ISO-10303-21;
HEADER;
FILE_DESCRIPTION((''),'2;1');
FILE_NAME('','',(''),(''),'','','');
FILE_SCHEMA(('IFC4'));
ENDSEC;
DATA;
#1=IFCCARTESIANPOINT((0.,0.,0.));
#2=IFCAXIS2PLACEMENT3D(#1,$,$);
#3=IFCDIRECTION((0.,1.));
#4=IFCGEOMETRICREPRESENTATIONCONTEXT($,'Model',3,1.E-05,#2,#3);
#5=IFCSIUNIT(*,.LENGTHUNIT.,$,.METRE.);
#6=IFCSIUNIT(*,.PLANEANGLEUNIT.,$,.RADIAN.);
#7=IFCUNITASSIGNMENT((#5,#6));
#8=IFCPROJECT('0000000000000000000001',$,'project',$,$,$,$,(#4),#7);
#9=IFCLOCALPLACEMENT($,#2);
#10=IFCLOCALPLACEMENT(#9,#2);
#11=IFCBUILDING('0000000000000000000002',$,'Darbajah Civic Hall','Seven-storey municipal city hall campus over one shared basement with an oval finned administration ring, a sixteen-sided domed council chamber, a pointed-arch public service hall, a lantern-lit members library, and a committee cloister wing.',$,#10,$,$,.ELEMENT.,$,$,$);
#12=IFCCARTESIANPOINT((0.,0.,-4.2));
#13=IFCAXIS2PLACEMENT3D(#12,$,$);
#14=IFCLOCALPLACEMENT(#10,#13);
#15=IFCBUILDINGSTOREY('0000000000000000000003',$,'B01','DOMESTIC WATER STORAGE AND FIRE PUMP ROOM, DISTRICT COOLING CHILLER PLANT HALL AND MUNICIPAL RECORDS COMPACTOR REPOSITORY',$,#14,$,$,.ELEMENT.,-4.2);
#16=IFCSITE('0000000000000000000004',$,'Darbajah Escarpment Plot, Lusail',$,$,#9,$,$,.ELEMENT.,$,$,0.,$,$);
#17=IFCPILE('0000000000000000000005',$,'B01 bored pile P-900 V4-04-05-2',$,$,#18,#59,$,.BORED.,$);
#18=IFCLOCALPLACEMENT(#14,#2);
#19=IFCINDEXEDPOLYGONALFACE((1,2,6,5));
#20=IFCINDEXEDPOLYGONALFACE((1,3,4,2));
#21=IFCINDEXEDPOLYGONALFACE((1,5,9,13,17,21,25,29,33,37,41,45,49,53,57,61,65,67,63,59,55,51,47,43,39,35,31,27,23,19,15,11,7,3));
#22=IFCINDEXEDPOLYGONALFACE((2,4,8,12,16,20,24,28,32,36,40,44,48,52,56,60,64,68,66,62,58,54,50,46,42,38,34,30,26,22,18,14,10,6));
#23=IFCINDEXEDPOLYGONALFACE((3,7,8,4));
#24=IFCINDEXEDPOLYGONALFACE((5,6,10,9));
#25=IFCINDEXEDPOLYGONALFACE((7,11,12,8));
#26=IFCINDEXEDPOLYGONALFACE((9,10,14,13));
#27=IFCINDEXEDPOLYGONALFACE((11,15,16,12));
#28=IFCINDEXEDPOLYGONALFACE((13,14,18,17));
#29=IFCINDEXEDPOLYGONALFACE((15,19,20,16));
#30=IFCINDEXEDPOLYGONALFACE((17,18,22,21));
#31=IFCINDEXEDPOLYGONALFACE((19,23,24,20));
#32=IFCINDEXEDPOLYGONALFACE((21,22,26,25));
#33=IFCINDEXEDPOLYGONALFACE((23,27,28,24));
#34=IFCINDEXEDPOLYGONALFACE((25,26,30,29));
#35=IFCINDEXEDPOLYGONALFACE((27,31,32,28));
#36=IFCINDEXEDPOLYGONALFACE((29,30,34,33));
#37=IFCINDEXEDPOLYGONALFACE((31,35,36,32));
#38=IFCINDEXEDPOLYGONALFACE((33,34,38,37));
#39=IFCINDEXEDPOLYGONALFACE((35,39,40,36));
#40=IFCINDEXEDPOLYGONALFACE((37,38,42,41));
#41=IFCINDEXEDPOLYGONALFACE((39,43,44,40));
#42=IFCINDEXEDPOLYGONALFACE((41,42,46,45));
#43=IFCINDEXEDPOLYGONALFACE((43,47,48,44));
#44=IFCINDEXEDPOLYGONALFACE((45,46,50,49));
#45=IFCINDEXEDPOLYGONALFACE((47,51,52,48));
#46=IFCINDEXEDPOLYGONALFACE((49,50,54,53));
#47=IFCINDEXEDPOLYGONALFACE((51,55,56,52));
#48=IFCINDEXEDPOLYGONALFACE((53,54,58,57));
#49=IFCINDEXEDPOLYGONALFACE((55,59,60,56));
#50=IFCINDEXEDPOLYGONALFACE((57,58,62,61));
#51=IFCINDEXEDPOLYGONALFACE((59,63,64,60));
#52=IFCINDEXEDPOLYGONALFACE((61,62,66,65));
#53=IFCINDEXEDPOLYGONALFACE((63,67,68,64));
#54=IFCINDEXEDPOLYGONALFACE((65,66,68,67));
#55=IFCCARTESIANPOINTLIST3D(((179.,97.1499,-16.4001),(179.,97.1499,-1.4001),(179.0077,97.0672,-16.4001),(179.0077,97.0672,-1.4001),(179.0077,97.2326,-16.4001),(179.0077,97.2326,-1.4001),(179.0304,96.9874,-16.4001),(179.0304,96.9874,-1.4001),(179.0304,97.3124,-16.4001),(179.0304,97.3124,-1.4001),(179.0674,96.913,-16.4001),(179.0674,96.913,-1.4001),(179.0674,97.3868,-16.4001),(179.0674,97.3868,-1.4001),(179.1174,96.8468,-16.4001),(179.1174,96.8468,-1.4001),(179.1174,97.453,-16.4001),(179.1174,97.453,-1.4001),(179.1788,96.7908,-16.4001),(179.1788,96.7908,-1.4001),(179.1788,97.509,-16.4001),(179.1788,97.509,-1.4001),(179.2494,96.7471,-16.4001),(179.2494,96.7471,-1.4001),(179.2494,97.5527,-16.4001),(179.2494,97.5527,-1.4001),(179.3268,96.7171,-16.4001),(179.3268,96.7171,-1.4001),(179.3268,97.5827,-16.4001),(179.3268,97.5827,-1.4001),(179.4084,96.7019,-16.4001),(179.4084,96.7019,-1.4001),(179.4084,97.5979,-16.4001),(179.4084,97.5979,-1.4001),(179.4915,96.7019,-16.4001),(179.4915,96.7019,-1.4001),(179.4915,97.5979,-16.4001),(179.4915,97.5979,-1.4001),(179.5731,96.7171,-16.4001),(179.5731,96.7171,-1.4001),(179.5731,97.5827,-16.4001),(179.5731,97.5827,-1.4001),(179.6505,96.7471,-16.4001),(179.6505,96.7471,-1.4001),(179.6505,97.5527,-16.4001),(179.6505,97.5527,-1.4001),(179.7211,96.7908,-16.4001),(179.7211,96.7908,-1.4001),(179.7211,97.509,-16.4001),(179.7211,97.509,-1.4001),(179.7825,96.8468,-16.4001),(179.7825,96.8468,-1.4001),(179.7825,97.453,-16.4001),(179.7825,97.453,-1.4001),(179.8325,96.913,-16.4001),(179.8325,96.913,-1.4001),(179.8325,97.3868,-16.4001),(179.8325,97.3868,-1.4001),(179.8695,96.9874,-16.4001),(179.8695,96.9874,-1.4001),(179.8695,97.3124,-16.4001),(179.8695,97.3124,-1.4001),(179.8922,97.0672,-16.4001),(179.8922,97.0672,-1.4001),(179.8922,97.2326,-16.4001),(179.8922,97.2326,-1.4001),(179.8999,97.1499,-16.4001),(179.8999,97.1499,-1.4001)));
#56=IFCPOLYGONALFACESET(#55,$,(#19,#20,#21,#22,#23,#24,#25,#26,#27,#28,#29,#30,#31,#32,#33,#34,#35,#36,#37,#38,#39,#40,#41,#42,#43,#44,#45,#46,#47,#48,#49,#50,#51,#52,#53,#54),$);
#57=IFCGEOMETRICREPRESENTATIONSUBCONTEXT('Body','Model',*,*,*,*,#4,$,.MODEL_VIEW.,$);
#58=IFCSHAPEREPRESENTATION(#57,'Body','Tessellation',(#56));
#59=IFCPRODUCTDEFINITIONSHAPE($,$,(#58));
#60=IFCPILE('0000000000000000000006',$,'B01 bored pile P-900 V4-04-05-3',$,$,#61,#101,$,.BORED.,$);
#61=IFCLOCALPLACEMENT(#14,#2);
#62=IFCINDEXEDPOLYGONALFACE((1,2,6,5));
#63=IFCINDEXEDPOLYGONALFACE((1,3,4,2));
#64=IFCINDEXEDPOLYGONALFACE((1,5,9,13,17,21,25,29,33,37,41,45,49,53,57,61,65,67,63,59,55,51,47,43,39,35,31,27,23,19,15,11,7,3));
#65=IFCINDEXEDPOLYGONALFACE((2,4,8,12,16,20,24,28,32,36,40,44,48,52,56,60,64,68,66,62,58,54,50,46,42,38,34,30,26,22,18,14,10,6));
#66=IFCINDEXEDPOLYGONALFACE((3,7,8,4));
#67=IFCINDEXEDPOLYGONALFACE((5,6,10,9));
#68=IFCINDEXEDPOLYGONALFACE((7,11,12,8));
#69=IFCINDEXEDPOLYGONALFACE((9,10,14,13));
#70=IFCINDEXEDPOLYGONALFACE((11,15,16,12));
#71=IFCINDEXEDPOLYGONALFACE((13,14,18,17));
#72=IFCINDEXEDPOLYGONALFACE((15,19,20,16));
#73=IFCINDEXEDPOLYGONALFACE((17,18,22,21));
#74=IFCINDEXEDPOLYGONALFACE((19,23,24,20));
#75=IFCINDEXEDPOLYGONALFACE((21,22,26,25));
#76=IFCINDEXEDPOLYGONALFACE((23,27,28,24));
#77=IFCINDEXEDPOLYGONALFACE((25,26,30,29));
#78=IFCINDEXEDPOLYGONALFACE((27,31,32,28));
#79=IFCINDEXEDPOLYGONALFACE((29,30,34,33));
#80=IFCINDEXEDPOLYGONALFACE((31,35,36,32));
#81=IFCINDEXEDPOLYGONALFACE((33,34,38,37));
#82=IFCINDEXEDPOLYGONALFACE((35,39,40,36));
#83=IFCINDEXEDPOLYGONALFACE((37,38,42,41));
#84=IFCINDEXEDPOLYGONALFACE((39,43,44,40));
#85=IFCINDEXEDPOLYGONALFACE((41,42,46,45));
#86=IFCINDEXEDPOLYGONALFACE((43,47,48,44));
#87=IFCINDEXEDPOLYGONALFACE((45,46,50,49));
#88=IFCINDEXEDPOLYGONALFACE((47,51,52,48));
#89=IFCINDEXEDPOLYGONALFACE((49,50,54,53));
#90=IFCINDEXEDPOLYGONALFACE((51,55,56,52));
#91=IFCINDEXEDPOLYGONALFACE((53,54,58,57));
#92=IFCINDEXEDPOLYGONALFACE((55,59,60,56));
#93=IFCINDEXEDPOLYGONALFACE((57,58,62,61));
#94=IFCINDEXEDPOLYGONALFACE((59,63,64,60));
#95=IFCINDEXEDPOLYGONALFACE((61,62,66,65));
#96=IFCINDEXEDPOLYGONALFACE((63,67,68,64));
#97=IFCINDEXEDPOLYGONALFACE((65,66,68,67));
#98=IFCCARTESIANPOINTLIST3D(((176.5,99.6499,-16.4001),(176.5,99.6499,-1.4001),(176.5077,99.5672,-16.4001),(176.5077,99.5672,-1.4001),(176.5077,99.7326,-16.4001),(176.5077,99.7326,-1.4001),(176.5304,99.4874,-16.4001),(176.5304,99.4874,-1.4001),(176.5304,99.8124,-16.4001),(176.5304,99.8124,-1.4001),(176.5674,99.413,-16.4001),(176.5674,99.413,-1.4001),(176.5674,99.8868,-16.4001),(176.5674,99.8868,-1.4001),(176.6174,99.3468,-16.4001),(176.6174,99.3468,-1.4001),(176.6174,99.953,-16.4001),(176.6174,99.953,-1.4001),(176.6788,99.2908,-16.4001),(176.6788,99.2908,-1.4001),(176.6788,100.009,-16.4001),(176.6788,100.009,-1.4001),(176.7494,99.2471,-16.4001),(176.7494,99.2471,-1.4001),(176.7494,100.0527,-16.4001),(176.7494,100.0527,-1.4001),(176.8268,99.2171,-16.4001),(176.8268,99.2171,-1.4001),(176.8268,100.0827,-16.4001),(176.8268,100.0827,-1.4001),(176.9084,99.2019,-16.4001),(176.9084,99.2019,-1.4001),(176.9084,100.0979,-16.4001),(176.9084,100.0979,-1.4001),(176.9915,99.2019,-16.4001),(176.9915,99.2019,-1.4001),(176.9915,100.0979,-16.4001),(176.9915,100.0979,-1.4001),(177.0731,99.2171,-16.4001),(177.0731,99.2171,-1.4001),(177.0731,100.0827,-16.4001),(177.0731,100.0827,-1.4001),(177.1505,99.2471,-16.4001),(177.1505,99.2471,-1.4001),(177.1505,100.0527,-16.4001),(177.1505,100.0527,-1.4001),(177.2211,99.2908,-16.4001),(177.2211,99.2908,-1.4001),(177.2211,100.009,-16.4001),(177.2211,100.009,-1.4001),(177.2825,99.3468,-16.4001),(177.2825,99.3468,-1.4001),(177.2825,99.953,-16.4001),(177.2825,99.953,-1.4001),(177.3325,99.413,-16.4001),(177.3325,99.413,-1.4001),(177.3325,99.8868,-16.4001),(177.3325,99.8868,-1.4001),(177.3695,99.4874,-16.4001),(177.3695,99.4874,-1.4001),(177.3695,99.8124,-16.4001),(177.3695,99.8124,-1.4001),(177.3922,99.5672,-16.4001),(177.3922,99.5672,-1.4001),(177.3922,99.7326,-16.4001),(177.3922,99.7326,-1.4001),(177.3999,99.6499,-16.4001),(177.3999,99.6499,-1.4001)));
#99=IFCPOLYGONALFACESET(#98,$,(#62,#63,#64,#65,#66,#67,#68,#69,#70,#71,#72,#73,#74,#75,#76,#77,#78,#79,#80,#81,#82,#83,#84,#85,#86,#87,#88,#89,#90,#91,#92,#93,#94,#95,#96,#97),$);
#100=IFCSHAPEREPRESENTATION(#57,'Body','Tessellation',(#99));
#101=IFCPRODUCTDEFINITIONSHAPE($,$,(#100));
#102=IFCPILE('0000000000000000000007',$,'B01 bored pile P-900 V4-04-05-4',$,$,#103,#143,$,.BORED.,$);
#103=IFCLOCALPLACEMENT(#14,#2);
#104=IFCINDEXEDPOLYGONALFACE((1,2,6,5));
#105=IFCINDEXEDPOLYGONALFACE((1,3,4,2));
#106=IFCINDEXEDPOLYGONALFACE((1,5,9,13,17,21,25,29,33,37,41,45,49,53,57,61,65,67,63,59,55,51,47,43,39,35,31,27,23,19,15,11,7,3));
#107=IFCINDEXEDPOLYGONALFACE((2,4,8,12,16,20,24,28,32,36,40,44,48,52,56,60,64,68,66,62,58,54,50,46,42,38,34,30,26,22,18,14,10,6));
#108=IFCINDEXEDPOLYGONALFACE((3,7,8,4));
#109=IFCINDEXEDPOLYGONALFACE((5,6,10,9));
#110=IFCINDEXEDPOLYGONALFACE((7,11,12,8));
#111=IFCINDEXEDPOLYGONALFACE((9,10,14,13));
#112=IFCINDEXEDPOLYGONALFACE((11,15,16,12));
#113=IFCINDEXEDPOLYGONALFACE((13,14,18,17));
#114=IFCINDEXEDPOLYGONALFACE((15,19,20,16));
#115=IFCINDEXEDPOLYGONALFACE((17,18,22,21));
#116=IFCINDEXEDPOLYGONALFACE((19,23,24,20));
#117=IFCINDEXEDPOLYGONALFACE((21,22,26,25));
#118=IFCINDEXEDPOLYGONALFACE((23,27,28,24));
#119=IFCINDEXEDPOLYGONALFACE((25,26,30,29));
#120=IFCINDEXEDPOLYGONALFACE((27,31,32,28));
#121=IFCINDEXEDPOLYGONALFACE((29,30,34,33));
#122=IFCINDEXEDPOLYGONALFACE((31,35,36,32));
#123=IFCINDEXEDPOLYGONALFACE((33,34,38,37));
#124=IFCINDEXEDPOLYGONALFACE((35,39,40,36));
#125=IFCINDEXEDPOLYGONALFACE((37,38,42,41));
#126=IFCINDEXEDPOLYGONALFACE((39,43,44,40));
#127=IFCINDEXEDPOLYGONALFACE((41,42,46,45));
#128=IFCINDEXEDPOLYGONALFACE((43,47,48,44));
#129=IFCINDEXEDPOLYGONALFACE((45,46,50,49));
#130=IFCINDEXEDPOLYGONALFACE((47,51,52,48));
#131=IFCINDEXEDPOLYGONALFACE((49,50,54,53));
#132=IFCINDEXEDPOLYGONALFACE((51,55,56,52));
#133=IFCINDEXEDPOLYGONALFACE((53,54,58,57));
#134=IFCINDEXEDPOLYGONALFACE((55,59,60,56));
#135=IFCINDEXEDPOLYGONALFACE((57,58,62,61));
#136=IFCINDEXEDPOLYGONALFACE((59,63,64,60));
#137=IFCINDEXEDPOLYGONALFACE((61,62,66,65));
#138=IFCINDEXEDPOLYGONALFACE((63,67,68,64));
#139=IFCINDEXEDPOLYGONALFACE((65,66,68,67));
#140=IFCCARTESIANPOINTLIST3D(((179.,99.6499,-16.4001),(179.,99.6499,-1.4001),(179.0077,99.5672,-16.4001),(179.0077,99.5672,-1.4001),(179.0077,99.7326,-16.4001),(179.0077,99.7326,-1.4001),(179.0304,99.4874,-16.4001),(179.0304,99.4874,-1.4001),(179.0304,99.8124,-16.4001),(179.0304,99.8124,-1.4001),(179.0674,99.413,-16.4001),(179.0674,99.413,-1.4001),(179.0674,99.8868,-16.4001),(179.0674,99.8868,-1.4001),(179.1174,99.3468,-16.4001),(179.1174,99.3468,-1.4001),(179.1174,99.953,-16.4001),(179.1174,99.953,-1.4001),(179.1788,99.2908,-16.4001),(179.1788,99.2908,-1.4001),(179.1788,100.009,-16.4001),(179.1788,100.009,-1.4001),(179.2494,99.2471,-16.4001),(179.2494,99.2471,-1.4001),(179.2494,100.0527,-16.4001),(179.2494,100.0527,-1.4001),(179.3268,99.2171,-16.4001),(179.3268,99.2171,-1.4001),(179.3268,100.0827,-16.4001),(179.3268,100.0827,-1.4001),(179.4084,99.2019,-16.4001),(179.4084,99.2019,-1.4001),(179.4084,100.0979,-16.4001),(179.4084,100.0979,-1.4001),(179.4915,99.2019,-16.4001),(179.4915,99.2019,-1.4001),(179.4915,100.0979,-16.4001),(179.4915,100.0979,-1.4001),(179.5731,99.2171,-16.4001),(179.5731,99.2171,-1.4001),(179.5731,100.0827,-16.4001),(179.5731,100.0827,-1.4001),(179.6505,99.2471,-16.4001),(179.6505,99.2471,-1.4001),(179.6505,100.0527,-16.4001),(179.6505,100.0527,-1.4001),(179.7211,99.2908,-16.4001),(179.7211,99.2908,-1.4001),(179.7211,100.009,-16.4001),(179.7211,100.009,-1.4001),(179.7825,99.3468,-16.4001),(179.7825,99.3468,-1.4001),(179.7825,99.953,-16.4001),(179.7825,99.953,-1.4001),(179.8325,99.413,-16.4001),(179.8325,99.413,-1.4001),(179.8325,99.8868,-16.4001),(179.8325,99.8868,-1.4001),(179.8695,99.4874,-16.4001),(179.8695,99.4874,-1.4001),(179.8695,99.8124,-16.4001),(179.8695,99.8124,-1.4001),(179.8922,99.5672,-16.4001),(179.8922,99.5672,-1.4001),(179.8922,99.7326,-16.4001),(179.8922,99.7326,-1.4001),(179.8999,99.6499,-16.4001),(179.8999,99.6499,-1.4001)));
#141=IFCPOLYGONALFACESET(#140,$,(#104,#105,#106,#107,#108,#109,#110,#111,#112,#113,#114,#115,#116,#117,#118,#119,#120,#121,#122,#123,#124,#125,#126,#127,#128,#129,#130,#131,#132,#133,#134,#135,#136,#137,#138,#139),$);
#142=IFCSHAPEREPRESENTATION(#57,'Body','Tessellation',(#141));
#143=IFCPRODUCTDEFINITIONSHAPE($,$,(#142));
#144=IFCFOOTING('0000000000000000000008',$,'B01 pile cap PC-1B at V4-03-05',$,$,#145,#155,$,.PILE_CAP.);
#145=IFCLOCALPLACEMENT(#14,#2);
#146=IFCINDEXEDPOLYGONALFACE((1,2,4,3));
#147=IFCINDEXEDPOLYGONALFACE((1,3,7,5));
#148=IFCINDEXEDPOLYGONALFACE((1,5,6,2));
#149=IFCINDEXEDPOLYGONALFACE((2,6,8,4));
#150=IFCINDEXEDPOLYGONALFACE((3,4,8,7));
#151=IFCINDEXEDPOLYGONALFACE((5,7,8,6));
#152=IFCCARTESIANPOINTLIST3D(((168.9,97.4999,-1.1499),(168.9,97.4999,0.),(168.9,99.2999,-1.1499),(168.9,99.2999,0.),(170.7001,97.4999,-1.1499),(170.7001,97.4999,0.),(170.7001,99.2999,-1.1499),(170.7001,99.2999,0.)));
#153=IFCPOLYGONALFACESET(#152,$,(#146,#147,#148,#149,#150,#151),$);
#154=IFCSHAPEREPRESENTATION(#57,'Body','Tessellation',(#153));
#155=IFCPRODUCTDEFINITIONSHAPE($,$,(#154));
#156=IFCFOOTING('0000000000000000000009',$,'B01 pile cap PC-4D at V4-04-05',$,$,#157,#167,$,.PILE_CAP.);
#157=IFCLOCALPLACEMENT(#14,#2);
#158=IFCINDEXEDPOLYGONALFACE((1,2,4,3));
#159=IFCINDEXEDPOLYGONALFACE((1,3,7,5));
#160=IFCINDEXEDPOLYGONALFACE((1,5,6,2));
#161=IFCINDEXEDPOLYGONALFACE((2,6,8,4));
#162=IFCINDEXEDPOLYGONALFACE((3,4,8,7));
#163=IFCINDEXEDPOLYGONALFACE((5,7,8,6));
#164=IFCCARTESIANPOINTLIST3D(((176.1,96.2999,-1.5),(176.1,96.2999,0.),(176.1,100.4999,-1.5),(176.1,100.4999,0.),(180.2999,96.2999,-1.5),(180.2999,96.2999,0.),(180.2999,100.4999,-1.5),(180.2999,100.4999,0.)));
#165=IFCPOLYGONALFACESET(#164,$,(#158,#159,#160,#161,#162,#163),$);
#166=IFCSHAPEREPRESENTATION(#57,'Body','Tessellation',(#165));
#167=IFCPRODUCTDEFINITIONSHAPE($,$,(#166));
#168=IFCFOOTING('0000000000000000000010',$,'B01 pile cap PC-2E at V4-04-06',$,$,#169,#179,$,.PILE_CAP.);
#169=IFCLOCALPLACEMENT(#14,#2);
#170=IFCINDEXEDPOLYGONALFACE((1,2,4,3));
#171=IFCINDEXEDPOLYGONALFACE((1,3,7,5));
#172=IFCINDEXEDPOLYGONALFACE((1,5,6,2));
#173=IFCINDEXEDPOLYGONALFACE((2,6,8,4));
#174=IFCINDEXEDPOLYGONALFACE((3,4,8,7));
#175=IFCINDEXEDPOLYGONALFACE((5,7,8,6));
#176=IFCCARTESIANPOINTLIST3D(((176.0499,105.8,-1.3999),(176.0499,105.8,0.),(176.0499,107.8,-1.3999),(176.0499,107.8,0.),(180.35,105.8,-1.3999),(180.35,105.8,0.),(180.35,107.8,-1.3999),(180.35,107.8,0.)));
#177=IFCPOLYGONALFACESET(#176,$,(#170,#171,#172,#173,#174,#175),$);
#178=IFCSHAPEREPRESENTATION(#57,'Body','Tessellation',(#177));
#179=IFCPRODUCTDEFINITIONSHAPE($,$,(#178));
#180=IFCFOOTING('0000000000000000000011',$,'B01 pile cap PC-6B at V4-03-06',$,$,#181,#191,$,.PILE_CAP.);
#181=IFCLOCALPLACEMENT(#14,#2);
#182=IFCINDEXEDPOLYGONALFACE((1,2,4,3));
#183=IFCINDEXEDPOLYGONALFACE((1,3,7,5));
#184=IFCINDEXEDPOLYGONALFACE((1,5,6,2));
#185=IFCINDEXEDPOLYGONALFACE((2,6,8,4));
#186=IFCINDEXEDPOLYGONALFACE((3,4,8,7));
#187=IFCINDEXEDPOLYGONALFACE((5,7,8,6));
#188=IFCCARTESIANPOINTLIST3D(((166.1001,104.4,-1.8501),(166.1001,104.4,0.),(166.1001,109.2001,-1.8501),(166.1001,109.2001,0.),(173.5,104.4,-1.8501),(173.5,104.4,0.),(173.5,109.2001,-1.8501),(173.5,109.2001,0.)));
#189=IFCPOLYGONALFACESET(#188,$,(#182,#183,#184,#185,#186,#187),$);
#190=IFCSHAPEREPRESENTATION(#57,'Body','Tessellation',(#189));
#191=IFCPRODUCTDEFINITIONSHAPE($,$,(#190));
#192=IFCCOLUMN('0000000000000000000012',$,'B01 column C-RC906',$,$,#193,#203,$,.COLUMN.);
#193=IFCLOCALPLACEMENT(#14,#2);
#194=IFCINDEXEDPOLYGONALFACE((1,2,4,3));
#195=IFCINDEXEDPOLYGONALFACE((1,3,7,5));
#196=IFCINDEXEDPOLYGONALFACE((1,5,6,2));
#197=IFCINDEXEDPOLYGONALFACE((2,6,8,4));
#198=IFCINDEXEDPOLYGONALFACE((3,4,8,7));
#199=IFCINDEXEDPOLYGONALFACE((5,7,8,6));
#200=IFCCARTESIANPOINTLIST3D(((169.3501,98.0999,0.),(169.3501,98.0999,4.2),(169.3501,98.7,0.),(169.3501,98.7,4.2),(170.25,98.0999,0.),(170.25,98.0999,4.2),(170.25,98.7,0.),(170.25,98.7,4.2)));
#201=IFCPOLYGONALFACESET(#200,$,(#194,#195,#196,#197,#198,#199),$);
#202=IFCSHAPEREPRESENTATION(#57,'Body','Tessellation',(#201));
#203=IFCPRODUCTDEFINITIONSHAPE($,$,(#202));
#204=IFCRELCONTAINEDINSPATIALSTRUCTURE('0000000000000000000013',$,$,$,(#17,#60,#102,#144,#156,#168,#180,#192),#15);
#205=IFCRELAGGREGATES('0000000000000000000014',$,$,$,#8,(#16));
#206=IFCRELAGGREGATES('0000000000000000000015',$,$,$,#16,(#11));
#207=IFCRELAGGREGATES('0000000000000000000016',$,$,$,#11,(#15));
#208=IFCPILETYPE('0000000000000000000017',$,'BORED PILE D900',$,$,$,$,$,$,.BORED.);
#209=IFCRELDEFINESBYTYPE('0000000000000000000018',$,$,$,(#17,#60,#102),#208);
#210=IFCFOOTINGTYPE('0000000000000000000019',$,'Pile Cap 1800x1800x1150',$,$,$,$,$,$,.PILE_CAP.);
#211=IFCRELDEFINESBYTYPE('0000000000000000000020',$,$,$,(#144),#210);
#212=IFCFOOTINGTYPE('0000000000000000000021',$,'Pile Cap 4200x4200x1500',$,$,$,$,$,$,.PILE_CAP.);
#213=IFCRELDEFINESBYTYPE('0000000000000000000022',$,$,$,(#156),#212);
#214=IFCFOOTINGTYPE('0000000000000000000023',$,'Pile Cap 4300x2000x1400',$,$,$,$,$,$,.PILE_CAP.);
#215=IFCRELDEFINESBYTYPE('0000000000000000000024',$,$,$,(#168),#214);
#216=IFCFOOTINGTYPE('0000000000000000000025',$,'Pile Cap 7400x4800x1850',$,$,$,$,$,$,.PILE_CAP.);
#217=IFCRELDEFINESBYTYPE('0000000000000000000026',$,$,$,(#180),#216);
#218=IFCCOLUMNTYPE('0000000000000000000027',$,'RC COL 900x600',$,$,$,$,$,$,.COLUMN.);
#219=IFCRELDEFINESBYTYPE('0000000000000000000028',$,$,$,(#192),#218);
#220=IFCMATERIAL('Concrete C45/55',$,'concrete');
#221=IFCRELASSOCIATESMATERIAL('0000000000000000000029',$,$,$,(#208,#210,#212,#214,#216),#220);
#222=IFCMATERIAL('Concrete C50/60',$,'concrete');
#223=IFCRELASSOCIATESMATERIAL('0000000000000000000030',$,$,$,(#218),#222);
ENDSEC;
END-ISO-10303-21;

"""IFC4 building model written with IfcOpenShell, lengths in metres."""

from ifc_helpers import new_model, si_unit, direction, frame, origin, origin_2d, place, context, subcontext, project, spatial, rectangle, circle, extrude, material, material_profile, profile_set, type_object, element, save


model = new_model("IFC4")

# Units and contexts
model_context = context("Model", 3, precision=1e-05, world=origin(), true_north=direction((0.0, 1.0)))
body_context = subcontext(model_context, "Body", "Model", "MODEL_VIEW")
ifc_project = project(units=[si_unit("LENGTHUNIT", "METRE"), si_unit("PLANEANGLEUNIT", "RADIAN")], contexts=[model_context])

# Site, building, storey
site_placement = place(None, origin())
site = spatial("IfcSite", under=ifc_project, at=site_placement, Name="Darbajah Escarpment Plot, Lusail", CompositionType="ELEMENT", RefElevation=0.0)
building_placement = place(site_placement, origin())
building = spatial("IfcBuilding", under=site, at=building_placement, Name="Darbajah Civic Hall", Description="Seven-storey municipal city hall campus over one shared basement with an oval finned administration ring, a sixteen-sided domed council chamber, a pointed-arch public service hall, a lantern-lit members library, and a committee cloister wing.", CompositionType="ELEMENT")
storey_placement = place(building_placement, frame((0.0, 0.0, -4.2)))
storey = spatial("IfcBuildingStorey", under=building, at=storey_placement, Name="B01", Description="DOMESTIC WATER STORAGE AND FIRE PUMP ROOM, DISTRICT COOLING CHILLER PLANT HALL AND MUNICIPAL RECORDS COMPACTOR REPOSITORY", CompositionType="ELEMENT", Elevation=-4.2)

# Piles
ifc_material_1 = material(Name="Concrete C45/55", Category="concrete")
ifc_material_profile_1 = material_profile(ifc_material_1, circle(Radius=0.45, at=origin_2d()), Name="BORED PILE D900")
ifc_profile_set_1 = profile_set([ifc_material_profile_1], Name="Concrete C45/55")
pile_type_1 = type_object("IfcPileType", Name="BORED PILE D900", PredefinedType="BORED", material=ifc_profile_set_1)
for number, where, z_axis, x_axis, name in (
    (1, (179.45, 97.1499, -1.4001), (0.0, 0.0, -1.0), (1.0, 0.0, 0.0), "B01 bored pile P-900 V4-04-05-2"),
    (2, (176.95, 99.6499, -1.4001), (0.0, 0.0, -1.0), (1.0, 0.0, 0.0), "B01 bored pile P-900 V4-04-05-3"),
    (3, (179.45, 99.6499, -1.4001), (0.0, 0.0, -1.0), (1.0, 0.0, 0.0), "B01 bored pile P-900 V4-04-05-4"),
):
    element("IfcPile", number, at=place(storey_placement, frame(where, z_axis=z_axis, x_axis=x_axis)), inside=storey, type_object=pile_type_1, Name=name, PredefinedType="BORED", context=body_context, shape_type="SweptSolid", body=[
        extrude(circle(Radius=0.45, at=origin_2d()), origin(), (0.0, 0.0, 1.0), 15.0),
    ])

# Footings
footing_type_1 = type_object("IfcFootingType", Name="Pile Cap 1800x1800x1150", PredefinedType="PILE_CAP", material=ifc_material_1)
footing_1_placement = place(storey_placement, frame((169.8, 98.3999, -1.1499), z_axis=(0.0, 0.0, 1.0), x_axis=(1.0, 0.0, 0.0)))
element("IfcFooting", 4, at=footing_1_placement, inside=storey, type_object=footing_type_1, Name="B01 pile cap PC-1B at V4-03-05", PredefinedType="PILE_CAP", context=body_context, shape_type="SweptSolid", body=[
    extrude(rectangle(XDim=1.8, YDim=1.8, at=origin_2d()), origin(), (0.0, 0.0, 1.0), 1.1499),
])
footing_type_2 = type_object("IfcFootingType", Name="Pile Cap 4200x4200x1500", PredefinedType="PILE_CAP", material=ifc_material_1)
footing_2_placement = place(storey_placement, frame((178.2, 98.3999, -1.5), z_axis=(0.0, 0.0, 1.0), x_axis=(1.0, 0.0, 0.0)))
element("IfcFooting", 5, at=footing_2_placement, inside=storey, type_object=footing_type_2, Name="B01 pile cap PC-4D at V4-04-05", PredefinedType="PILE_CAP", context=body_context, shape_type="SweptSolid", body=[
    extrude(rectangle(XDim=4.2, YDim=4.2, at=origin_2d()), origin(), (0.0, 0.0, 1.0), 1.5),
])
footing_type_3 = type_object("IfcFootingType", Name="Pile Cap 4300x2000x1400", PredefinedType="PILE_CAP", material=ifc_material_1)
footing_3_placement = place(storey_placement, frame((178.2, 106.8, -1.3999), z_axis=(0.0, 0.0, 1.0), x_axis=(1.0, 0.0, 0.0)))
element("IfcFooting", 6, at=footing_3_placement, inside=storey, type_object=footing_type_3, Name="B01 pile cap PC-2E at V4-04-06", PredefinedType="PILE_CAP", context=body_context, shape_type="SweptSolid", body=[
    extrude(rectangle(XDim=4.3, YDim=2.0, at=origin_2d()), origin(), (0.0, 0.0, 1.0), 1.3999),
])
footing_type_4 = type_object("IfcFootingType", Name="Pile Cap 7400x4800x1850", PredefinedType="PILE_CAP", material=ifc_material_1)
footing_4_placement = place(storey_placement, frame((169.8, 106.8, -1.8501), z_axis=(0.0, 0.0, 1.0), x_axis=(1.0, 0.0, 0.0)))
element("IfcFooting", 7, at=footing_4_placement, inside=storey, type_object=footing_type_4, Name="B01 pile cap PC-6B at V4-03-06", PredefinedType="PILE_CAP", context=body_context, shape_type="SweptSolid", body=[
    extrude(rectangle(XDim=7.3999, YDim=4.8, at=origin_2d()), origin(), (0.0, 0.0, 1.0), 1.8501),
])

# Column
ifc_material_2 = material(Name="Concrete C50/60", Category="concrete")
ifc_material_profile_2 = material_profile(ifc_material_2, rectangle(XDim=0.8999, YDim=0.6001, at=origin_2d()), Name="RC COL 900x600")
ifc_profile_set_2 = profile_set([ifc_material_profile_2], Name="Concrete C50/60")
column_type = type_object("IfcColumnType", Name="RC COL 900x600", PredefinedType="COLUMN", material=ifc_profile_set_2)
for number, where, z_axis, x_axis, name in (
    (8, (169.8, 98.3999, 0.0), (0.0, 0.0, 1.0), (1.0, 0.0, 0.0), "B01 column C-RC906"),
):
    element("IfcColumn", number, at=place(storey_placement, frame(where, z_axis=z_axis, x_axis=x_axis)), inside=storey, type_object=column_type, Name=name, PredefinedType="COLUMN", context=body_context, shape_type="SweptSolid", body=[
        extrude(rectangle(XDim=0.8999, YDim=0.6001, at=origin_2d()), origin(), (0.0, 0.0, 1.0), 4.2),
    ])

save(model, "model.ifc")
